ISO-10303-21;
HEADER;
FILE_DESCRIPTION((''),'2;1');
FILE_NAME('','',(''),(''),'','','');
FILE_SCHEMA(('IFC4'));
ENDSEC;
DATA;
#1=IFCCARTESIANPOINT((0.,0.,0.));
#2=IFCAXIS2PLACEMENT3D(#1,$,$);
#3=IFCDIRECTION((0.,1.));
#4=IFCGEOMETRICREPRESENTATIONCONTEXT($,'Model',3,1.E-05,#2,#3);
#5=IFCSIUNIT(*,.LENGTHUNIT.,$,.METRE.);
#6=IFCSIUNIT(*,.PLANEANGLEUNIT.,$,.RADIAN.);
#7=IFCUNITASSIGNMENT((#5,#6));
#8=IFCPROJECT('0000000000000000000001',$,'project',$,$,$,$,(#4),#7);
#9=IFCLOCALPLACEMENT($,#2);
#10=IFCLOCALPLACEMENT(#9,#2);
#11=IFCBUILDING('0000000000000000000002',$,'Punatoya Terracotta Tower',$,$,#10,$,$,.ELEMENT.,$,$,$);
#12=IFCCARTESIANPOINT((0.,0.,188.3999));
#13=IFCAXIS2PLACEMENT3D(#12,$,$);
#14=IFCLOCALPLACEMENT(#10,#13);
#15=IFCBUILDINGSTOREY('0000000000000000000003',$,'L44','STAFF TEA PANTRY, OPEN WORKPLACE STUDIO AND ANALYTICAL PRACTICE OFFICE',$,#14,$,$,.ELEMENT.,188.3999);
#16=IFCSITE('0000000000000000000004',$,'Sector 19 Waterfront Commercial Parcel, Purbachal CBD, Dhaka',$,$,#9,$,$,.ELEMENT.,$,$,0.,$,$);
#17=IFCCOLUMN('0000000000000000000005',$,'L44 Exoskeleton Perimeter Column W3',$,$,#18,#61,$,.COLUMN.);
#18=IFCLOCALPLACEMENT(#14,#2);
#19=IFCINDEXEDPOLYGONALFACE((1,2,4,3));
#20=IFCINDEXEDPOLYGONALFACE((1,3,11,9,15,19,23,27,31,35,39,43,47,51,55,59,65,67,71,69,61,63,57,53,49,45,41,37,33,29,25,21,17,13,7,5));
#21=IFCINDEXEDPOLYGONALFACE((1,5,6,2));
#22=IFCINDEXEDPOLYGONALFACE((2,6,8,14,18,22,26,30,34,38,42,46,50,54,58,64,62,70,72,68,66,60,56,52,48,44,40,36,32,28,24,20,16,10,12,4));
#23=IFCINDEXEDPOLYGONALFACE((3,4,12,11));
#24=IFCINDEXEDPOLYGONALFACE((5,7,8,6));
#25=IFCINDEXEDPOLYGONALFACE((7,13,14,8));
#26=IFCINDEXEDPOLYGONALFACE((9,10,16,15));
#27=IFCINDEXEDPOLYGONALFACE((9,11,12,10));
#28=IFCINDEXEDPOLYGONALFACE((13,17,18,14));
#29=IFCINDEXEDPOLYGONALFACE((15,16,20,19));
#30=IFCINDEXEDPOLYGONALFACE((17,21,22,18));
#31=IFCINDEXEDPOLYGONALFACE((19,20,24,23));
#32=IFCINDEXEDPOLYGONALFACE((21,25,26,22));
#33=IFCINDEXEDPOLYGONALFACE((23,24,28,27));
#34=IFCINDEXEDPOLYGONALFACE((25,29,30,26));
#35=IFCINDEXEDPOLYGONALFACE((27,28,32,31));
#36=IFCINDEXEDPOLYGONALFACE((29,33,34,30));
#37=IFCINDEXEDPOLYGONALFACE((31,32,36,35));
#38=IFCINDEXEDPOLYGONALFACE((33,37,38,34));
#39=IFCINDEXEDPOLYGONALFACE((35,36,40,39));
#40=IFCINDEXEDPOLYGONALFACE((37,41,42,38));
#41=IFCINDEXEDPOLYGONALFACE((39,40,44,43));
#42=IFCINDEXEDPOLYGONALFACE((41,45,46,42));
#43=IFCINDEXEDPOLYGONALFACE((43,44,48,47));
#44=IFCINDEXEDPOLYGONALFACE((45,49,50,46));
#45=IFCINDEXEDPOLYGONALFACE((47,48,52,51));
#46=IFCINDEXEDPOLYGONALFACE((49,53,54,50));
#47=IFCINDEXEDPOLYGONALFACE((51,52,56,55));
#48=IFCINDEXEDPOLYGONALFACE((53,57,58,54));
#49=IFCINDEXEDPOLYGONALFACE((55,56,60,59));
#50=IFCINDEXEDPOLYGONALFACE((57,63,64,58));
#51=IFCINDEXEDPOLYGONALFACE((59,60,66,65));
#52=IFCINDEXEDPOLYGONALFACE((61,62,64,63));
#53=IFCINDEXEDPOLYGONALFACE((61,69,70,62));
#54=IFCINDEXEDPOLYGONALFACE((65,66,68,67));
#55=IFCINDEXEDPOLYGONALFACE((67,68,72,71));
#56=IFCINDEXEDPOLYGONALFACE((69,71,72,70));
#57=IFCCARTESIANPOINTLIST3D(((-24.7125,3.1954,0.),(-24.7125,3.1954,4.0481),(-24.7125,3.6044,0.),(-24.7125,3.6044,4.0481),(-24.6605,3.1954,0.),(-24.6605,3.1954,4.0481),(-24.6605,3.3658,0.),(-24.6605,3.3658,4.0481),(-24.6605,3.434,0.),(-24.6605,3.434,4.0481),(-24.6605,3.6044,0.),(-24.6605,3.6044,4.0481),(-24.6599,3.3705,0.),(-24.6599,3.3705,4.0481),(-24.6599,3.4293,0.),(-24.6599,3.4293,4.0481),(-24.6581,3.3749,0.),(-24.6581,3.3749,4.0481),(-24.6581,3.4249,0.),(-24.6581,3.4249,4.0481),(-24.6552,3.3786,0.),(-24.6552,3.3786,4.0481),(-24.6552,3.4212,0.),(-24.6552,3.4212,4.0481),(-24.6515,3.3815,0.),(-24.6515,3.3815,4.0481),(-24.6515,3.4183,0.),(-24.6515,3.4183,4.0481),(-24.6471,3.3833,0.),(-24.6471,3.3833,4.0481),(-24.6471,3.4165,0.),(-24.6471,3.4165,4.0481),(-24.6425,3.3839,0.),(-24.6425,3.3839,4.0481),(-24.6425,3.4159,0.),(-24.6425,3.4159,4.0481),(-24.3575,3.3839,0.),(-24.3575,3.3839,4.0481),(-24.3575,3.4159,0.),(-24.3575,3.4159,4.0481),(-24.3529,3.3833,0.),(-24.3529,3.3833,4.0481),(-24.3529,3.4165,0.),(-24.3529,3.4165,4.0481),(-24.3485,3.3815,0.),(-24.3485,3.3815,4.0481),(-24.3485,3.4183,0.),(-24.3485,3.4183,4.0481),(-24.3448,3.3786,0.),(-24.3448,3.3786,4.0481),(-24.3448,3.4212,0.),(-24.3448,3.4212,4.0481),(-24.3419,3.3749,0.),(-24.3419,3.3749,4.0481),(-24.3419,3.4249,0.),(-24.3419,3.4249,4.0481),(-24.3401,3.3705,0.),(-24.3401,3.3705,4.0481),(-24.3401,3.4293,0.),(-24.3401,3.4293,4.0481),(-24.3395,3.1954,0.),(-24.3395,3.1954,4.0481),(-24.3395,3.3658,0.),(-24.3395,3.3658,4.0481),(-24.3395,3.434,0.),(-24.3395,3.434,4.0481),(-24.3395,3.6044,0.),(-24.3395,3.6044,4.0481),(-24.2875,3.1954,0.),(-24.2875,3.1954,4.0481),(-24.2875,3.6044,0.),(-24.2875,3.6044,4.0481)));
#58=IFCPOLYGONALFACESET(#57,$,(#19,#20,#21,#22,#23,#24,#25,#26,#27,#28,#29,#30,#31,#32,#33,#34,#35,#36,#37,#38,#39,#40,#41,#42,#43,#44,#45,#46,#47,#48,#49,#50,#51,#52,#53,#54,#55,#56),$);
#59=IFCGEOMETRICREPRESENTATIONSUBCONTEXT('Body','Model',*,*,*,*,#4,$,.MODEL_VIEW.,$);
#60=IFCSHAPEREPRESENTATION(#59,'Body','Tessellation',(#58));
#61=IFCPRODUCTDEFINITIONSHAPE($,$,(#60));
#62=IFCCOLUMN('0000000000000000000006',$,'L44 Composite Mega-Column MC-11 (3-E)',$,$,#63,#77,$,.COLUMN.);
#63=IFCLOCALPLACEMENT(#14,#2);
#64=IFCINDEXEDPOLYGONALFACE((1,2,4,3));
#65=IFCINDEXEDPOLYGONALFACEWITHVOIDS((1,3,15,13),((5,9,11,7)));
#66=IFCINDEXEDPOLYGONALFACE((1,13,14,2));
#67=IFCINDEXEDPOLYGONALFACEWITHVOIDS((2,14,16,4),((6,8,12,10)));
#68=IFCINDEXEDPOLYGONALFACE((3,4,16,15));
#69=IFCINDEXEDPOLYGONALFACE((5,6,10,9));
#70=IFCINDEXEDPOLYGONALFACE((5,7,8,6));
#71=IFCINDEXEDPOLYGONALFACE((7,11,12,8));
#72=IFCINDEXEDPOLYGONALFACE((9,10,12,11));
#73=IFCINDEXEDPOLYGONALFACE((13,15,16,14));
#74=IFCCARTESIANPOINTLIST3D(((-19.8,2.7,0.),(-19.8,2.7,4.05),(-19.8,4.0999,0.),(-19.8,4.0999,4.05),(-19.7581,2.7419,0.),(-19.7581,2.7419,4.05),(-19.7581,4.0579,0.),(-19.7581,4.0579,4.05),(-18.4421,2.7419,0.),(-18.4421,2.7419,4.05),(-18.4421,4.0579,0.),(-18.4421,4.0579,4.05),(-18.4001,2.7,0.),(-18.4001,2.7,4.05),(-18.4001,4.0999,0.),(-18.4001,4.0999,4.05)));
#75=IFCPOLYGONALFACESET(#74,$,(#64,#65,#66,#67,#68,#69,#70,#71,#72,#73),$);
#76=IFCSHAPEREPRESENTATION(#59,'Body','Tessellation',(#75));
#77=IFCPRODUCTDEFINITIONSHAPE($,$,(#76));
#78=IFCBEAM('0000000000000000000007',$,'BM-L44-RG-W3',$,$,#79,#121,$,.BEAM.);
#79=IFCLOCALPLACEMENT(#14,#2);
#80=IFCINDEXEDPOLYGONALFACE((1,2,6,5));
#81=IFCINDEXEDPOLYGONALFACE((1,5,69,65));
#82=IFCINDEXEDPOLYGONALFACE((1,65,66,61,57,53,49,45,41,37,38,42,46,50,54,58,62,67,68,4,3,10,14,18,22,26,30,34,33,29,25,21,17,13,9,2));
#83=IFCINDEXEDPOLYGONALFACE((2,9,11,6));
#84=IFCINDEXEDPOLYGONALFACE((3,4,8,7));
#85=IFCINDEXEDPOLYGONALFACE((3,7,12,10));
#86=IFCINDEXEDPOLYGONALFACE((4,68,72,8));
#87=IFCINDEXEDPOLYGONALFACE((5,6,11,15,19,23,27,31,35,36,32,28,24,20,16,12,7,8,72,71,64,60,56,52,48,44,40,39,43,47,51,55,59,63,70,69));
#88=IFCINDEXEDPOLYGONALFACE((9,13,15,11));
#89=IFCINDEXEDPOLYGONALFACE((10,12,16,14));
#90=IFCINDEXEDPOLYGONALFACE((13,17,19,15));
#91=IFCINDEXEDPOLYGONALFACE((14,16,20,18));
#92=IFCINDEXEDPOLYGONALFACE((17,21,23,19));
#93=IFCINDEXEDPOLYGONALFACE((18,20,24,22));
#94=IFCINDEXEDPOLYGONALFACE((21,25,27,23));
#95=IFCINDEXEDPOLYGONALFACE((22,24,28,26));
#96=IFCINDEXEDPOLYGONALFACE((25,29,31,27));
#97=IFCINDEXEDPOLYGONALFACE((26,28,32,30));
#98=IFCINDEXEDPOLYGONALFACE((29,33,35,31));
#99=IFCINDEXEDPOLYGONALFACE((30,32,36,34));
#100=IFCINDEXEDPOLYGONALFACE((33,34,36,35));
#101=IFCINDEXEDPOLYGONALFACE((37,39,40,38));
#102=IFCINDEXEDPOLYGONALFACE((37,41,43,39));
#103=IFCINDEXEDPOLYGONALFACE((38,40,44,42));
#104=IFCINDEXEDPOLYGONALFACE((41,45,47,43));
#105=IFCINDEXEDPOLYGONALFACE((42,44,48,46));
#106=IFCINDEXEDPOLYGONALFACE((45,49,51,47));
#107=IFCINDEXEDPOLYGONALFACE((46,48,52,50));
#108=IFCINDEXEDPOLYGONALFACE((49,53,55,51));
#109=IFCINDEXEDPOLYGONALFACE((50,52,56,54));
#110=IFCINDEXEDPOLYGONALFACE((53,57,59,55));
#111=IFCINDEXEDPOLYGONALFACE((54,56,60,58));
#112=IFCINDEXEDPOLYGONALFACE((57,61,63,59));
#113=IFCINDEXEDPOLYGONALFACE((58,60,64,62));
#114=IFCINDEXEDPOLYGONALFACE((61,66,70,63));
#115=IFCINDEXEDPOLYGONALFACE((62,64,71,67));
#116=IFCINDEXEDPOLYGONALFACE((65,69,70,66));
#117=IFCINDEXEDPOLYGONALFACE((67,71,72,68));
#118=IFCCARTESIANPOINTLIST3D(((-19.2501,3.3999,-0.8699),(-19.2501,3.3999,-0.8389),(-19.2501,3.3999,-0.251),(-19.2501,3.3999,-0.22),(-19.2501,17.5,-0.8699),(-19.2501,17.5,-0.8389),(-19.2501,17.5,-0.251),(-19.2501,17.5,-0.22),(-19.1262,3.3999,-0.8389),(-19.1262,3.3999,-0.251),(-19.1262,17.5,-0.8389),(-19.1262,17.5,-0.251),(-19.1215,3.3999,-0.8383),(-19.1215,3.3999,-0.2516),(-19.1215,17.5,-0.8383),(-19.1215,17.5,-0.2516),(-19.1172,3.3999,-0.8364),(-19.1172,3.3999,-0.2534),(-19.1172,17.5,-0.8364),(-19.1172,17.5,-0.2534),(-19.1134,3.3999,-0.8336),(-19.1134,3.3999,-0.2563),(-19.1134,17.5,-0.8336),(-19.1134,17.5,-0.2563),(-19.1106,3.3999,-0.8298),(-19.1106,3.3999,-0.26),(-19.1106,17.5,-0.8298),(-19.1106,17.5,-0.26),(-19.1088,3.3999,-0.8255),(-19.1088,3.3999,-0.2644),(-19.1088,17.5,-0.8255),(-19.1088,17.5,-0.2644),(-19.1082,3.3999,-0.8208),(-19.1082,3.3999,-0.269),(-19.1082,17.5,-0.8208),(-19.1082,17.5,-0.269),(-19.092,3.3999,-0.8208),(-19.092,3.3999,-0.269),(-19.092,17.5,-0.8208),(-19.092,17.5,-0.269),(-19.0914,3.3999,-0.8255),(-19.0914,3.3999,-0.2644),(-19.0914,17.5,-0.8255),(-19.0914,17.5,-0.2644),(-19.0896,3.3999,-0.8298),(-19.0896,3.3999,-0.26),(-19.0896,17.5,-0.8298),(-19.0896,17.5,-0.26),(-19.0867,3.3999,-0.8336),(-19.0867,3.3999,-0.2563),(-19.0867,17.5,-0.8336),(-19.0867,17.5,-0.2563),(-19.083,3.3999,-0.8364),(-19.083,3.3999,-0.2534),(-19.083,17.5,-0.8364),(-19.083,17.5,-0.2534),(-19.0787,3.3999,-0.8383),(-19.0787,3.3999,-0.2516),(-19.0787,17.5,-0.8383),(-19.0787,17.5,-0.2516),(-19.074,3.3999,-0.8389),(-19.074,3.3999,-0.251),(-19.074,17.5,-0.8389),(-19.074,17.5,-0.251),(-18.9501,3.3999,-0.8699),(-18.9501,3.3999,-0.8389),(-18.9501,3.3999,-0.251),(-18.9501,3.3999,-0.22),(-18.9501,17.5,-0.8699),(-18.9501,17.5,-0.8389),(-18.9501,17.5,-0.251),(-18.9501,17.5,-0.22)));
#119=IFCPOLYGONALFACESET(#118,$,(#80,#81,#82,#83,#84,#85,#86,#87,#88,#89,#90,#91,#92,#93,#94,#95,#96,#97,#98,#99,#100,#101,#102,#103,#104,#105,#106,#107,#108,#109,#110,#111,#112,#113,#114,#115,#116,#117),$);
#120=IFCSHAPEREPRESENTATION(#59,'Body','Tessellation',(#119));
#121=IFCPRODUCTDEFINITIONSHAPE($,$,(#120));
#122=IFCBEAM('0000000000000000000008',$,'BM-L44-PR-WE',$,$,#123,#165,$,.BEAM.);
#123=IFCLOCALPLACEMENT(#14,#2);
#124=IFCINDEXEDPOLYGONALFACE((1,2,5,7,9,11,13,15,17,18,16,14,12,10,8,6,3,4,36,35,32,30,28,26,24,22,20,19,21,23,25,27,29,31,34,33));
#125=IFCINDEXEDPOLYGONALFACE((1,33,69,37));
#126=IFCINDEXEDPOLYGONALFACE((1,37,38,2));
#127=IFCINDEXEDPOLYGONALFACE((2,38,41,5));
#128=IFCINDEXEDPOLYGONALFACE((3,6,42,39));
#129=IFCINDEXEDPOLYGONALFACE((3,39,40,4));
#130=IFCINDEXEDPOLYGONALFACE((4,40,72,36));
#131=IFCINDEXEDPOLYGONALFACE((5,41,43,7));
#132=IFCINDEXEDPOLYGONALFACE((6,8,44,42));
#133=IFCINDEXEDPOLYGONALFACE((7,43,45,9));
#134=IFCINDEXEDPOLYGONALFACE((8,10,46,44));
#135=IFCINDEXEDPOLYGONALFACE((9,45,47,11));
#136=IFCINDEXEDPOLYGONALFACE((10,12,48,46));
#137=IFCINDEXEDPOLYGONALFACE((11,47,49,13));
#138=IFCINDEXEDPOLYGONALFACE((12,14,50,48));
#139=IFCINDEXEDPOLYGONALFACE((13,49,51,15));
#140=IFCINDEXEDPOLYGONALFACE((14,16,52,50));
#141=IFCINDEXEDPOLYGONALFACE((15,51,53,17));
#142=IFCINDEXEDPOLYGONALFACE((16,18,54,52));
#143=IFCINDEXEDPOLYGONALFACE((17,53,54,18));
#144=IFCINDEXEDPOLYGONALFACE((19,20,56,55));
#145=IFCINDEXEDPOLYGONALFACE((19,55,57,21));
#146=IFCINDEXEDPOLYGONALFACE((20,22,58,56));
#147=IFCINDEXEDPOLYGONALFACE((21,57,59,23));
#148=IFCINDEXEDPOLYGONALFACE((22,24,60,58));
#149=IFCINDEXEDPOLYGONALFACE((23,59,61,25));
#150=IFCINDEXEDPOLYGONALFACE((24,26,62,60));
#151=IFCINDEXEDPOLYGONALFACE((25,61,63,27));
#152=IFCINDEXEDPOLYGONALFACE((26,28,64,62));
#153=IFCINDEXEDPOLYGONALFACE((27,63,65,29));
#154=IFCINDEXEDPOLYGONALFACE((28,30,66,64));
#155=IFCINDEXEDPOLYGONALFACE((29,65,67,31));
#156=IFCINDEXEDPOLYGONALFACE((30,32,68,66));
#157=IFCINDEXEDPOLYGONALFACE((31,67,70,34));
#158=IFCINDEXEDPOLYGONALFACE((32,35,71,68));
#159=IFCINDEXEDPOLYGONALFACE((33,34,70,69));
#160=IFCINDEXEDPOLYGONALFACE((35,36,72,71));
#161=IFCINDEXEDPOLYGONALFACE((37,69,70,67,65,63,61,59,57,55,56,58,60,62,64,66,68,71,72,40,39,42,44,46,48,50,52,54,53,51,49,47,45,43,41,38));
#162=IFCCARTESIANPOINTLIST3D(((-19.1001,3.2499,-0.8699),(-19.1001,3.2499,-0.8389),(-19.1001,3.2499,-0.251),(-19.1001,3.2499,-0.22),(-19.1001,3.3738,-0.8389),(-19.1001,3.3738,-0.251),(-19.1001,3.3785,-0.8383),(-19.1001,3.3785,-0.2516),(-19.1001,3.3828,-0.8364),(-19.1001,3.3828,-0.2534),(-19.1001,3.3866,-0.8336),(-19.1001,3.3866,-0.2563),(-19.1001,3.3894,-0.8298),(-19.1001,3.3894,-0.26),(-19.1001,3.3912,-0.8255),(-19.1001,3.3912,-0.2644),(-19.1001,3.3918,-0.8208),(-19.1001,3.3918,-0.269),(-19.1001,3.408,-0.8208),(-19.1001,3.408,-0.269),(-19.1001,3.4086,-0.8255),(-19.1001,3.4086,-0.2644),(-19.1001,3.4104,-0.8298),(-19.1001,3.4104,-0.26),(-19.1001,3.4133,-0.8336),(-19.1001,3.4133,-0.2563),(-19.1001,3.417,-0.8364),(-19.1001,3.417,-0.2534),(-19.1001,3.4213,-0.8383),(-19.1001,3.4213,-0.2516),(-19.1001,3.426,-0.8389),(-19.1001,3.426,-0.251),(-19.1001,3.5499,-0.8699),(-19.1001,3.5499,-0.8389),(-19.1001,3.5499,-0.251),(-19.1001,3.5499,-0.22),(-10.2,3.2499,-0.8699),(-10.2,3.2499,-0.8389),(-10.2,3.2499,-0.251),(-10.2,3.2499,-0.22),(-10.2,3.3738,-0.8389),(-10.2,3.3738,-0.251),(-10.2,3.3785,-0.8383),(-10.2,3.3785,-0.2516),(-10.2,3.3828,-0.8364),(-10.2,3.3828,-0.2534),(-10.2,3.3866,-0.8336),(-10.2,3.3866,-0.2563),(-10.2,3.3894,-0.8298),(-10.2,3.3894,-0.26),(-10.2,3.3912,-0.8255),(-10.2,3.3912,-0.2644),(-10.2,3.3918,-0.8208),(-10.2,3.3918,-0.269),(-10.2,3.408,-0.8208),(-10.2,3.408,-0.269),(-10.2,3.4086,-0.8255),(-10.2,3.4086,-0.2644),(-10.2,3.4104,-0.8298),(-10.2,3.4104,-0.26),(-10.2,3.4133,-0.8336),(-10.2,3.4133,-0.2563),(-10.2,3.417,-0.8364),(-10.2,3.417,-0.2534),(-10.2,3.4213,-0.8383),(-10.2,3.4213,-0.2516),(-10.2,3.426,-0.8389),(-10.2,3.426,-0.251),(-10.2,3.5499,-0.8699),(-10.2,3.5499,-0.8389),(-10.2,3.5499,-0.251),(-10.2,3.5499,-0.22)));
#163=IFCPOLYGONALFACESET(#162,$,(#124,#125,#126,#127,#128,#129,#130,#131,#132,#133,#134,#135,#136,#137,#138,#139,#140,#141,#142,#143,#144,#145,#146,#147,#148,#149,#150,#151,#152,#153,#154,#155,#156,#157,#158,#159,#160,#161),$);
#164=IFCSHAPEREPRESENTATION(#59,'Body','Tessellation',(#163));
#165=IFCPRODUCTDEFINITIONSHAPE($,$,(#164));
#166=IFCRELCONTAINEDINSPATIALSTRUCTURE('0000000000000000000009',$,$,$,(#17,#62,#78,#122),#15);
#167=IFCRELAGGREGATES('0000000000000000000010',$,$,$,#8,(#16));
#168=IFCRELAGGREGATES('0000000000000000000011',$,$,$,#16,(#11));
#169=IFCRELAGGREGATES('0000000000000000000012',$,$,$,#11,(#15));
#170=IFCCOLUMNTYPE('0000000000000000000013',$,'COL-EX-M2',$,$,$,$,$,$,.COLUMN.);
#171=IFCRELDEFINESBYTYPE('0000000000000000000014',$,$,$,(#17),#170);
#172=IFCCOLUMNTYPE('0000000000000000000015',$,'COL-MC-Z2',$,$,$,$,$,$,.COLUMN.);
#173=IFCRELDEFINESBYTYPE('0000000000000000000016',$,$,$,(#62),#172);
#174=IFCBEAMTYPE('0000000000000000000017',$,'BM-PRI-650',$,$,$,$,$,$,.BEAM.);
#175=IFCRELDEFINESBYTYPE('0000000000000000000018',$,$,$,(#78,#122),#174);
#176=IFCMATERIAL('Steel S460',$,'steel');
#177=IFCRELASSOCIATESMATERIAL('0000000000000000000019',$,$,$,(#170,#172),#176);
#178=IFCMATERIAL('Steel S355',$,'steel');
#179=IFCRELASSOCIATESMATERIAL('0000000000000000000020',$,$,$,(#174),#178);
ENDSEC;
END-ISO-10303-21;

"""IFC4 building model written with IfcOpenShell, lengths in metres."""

from ifc_helpers import new_model, si_unit, direction, frame, origin, origin_2d, place, context, subcontext, project, spatial, hollow_rectangle, i_section, extrude, material, material_profile, profile_set, type_object, element, save


model = new_model("IFC4")

# Units and contexts
model_context = context("Model", 3, precision=1e-05, world=origin(), true_north=direction((0.0, 1.0)))
body_context = subcontext(model_context, "Body", "Model", "MODEL_VIEW")
ifc_project = project(units=[si_unit("LENGTHUNIT", "METRE"), si_unit("PLANEANGLEUNIT", "RADIAN")], contexts=[model_context])

# Site, building, storey
site_placement = place(None, origin())
site = spatial("IfcSite", under=ifc_project, at=site_placement, Name="Sector 19 Waterfront Commercial Parcel, Purbachal CBD, Dhaka", CompositionType="ELEMENT", RefElevation=0.0)
building_placement = place(site_placement, origin())
building = spatial("IfcBuilding", under=site, at=building_placement, Name="Punatoya Terracotta Tower", CompositionType="ELEMENT")
storey_placement = place(building_placement, frame((0.0, 0.0, 188.3999)))
storey = spatial("IfcBuildingStorey", under=building, at=storey_placement, Name="L44", Description="STAFF TEA PANTRY, OPEN WORKPLACE STUDIO AND ANALYTICAL PRACTICE OFFICE", CompositionType="ELEMENT", Elevation=188.3999)

# Columns
ifc_material_1 = material(Name="Steel S460", Category="steel")
ifc_material_profile_1 = material_profile(ifc_material_1, i_section(OverallWidth=0.4089, OverallDepth=0.425, WebThickness=0.032, FlangeThickness=0.052, FilletRadius=0.0181, at=origin_2d()))
ifc_profile_set_1 = profile_set([ifc_material_profile_1], Name="Steel S460")
column_type_1 = type_object("IfcColumnType", Name="COL-EX-M2", PredefinedType="COLUMN", material=ifc_profile_set_1)
column_1_placement = place(storey_placement, frame((-24.5, 3.3999, 0.0), z_axis=(0.0, 0.0, 1.0), x_axis=(0.0, 1.0, 0.0)))
element("IfcColumn", 1, at=column_1_placement, inside=storey, type_object=column_type_1, Name="L44 Exoskeleton Perimeter Column W3", PredefinedType="COLUMN", context=body_context, shape_type="SweptSolid", body=[
    extrude(i_section(OverallWidth=0.4089, OverallDepth=0.425, WebThickness=0.032, FlangeThickness=0.052, FilletRadius=0.0181, at=origin_2d()), origin(), (0.0, 0.0, 1.0), 4.0481),
])
ifc_material_profile_2 = material_profile(ifc_material_1, hollow_rectangle(XDim=1.3999, YDim=1.3999, WallThickness=0.042, at=origin_2d()))
ifc_profile_set_2 = profile_set([ifc_material_profile_2], Name="Steel S460")
column_type_2 = type_object("IfcColumnType", Name="COL-MC-Z2", PredefinedType="COLUMN", material=ifc_profile_set_2)
column_2_placement = place(storey_placement, frame((-19.1001, 3.3999, 0.0), z_axis=(0.0, 0.0, 1.0), x_axis=(1.0, 0.0, 0.0)))
element("IfcColumn", 2, at=column_2_placement, inside=storey, type_object=column_type_2, Name="L44 Composite Mega-Column MC-11 (3-E)", PredefinedType="COLUMN", context=body_context, shape_type="SweptSolid", body=[
    extrude(hollow_rectangle(XDim=1.3999, YDim=1.3999, WallThickness=0.042, at=origin_2d()), origin(), (0.0, 0.0, 1.0), 4.05),
])

# Beams
ifc_material_2 = material(Name="Steel S355", Category="steel")
ifc_material_profile_3 = material_profile(ifc_material_2, i_section(OverallWidth=0.3, OverallDepth=0.6499, WebThickness=0.0161, FlangeThickness=0.031, FilletRadius=0.0181, at=origin_2d()))
ifc_profile_set_3 = profile_set([ifc_material_profile_3], Name="Steel S355")
beam_type_1 = type_object("IfcBeamType", Name="BM-PRI-650", PredefinedType="BEAM", material=ifc_profile_set_3)
beam_1_placement = place(storey_placement, frame((-19.1001, 3.3999, -0.5449), z_axis=(0.0, 1.0, 0.0), x_axis=(-1.0, 0.0, 0.0)))
element("IfcBeam", 3, at=beam_1_placement, inside=storey, type_object=beam_type_1, Name="BM-L44-RG-W3", PredefinedType="BEAM", context=body_context, shape_type="SweptSolid", body=[
    extrude(i_section(OverallWidth=0.3, OverallDepth=0.6499, WebThickness=0.0161, FlangeThickness=0.031, FilletRadius=0.0181, at=origin_2d()), origin(), (0.0, 0.0, 1.0), 14.1001),
])
for number, where, z_axis, x_axis, name in (
    (4, (-19.1001, 3.3999, -0.5449), (1.0, 0.0, 0.0), (0.0, 1.0, 0.0), "BM-L44-PR-WE"),
):
    element("IfcBeam", number, at=place(storey_placement, frame(where, z_axis=z_axis, x_axis=x_axis)), inside=storey, type_object=beam_type_1, Name=name, PredefinedType="BEAM", context=body_context, shape_type="SweptSolid", body=[
        extrude(i_section(OverallWidth=0.3, OverallDepth=0.6499, WebThickness=0.0161, FlangeThickness=0.031, FilletRadius=0.0181, at=origin_2d()), origin(), (0.0, 0.0, 1.0), 8.9001),
    ])

save(model, "model.ifc")
